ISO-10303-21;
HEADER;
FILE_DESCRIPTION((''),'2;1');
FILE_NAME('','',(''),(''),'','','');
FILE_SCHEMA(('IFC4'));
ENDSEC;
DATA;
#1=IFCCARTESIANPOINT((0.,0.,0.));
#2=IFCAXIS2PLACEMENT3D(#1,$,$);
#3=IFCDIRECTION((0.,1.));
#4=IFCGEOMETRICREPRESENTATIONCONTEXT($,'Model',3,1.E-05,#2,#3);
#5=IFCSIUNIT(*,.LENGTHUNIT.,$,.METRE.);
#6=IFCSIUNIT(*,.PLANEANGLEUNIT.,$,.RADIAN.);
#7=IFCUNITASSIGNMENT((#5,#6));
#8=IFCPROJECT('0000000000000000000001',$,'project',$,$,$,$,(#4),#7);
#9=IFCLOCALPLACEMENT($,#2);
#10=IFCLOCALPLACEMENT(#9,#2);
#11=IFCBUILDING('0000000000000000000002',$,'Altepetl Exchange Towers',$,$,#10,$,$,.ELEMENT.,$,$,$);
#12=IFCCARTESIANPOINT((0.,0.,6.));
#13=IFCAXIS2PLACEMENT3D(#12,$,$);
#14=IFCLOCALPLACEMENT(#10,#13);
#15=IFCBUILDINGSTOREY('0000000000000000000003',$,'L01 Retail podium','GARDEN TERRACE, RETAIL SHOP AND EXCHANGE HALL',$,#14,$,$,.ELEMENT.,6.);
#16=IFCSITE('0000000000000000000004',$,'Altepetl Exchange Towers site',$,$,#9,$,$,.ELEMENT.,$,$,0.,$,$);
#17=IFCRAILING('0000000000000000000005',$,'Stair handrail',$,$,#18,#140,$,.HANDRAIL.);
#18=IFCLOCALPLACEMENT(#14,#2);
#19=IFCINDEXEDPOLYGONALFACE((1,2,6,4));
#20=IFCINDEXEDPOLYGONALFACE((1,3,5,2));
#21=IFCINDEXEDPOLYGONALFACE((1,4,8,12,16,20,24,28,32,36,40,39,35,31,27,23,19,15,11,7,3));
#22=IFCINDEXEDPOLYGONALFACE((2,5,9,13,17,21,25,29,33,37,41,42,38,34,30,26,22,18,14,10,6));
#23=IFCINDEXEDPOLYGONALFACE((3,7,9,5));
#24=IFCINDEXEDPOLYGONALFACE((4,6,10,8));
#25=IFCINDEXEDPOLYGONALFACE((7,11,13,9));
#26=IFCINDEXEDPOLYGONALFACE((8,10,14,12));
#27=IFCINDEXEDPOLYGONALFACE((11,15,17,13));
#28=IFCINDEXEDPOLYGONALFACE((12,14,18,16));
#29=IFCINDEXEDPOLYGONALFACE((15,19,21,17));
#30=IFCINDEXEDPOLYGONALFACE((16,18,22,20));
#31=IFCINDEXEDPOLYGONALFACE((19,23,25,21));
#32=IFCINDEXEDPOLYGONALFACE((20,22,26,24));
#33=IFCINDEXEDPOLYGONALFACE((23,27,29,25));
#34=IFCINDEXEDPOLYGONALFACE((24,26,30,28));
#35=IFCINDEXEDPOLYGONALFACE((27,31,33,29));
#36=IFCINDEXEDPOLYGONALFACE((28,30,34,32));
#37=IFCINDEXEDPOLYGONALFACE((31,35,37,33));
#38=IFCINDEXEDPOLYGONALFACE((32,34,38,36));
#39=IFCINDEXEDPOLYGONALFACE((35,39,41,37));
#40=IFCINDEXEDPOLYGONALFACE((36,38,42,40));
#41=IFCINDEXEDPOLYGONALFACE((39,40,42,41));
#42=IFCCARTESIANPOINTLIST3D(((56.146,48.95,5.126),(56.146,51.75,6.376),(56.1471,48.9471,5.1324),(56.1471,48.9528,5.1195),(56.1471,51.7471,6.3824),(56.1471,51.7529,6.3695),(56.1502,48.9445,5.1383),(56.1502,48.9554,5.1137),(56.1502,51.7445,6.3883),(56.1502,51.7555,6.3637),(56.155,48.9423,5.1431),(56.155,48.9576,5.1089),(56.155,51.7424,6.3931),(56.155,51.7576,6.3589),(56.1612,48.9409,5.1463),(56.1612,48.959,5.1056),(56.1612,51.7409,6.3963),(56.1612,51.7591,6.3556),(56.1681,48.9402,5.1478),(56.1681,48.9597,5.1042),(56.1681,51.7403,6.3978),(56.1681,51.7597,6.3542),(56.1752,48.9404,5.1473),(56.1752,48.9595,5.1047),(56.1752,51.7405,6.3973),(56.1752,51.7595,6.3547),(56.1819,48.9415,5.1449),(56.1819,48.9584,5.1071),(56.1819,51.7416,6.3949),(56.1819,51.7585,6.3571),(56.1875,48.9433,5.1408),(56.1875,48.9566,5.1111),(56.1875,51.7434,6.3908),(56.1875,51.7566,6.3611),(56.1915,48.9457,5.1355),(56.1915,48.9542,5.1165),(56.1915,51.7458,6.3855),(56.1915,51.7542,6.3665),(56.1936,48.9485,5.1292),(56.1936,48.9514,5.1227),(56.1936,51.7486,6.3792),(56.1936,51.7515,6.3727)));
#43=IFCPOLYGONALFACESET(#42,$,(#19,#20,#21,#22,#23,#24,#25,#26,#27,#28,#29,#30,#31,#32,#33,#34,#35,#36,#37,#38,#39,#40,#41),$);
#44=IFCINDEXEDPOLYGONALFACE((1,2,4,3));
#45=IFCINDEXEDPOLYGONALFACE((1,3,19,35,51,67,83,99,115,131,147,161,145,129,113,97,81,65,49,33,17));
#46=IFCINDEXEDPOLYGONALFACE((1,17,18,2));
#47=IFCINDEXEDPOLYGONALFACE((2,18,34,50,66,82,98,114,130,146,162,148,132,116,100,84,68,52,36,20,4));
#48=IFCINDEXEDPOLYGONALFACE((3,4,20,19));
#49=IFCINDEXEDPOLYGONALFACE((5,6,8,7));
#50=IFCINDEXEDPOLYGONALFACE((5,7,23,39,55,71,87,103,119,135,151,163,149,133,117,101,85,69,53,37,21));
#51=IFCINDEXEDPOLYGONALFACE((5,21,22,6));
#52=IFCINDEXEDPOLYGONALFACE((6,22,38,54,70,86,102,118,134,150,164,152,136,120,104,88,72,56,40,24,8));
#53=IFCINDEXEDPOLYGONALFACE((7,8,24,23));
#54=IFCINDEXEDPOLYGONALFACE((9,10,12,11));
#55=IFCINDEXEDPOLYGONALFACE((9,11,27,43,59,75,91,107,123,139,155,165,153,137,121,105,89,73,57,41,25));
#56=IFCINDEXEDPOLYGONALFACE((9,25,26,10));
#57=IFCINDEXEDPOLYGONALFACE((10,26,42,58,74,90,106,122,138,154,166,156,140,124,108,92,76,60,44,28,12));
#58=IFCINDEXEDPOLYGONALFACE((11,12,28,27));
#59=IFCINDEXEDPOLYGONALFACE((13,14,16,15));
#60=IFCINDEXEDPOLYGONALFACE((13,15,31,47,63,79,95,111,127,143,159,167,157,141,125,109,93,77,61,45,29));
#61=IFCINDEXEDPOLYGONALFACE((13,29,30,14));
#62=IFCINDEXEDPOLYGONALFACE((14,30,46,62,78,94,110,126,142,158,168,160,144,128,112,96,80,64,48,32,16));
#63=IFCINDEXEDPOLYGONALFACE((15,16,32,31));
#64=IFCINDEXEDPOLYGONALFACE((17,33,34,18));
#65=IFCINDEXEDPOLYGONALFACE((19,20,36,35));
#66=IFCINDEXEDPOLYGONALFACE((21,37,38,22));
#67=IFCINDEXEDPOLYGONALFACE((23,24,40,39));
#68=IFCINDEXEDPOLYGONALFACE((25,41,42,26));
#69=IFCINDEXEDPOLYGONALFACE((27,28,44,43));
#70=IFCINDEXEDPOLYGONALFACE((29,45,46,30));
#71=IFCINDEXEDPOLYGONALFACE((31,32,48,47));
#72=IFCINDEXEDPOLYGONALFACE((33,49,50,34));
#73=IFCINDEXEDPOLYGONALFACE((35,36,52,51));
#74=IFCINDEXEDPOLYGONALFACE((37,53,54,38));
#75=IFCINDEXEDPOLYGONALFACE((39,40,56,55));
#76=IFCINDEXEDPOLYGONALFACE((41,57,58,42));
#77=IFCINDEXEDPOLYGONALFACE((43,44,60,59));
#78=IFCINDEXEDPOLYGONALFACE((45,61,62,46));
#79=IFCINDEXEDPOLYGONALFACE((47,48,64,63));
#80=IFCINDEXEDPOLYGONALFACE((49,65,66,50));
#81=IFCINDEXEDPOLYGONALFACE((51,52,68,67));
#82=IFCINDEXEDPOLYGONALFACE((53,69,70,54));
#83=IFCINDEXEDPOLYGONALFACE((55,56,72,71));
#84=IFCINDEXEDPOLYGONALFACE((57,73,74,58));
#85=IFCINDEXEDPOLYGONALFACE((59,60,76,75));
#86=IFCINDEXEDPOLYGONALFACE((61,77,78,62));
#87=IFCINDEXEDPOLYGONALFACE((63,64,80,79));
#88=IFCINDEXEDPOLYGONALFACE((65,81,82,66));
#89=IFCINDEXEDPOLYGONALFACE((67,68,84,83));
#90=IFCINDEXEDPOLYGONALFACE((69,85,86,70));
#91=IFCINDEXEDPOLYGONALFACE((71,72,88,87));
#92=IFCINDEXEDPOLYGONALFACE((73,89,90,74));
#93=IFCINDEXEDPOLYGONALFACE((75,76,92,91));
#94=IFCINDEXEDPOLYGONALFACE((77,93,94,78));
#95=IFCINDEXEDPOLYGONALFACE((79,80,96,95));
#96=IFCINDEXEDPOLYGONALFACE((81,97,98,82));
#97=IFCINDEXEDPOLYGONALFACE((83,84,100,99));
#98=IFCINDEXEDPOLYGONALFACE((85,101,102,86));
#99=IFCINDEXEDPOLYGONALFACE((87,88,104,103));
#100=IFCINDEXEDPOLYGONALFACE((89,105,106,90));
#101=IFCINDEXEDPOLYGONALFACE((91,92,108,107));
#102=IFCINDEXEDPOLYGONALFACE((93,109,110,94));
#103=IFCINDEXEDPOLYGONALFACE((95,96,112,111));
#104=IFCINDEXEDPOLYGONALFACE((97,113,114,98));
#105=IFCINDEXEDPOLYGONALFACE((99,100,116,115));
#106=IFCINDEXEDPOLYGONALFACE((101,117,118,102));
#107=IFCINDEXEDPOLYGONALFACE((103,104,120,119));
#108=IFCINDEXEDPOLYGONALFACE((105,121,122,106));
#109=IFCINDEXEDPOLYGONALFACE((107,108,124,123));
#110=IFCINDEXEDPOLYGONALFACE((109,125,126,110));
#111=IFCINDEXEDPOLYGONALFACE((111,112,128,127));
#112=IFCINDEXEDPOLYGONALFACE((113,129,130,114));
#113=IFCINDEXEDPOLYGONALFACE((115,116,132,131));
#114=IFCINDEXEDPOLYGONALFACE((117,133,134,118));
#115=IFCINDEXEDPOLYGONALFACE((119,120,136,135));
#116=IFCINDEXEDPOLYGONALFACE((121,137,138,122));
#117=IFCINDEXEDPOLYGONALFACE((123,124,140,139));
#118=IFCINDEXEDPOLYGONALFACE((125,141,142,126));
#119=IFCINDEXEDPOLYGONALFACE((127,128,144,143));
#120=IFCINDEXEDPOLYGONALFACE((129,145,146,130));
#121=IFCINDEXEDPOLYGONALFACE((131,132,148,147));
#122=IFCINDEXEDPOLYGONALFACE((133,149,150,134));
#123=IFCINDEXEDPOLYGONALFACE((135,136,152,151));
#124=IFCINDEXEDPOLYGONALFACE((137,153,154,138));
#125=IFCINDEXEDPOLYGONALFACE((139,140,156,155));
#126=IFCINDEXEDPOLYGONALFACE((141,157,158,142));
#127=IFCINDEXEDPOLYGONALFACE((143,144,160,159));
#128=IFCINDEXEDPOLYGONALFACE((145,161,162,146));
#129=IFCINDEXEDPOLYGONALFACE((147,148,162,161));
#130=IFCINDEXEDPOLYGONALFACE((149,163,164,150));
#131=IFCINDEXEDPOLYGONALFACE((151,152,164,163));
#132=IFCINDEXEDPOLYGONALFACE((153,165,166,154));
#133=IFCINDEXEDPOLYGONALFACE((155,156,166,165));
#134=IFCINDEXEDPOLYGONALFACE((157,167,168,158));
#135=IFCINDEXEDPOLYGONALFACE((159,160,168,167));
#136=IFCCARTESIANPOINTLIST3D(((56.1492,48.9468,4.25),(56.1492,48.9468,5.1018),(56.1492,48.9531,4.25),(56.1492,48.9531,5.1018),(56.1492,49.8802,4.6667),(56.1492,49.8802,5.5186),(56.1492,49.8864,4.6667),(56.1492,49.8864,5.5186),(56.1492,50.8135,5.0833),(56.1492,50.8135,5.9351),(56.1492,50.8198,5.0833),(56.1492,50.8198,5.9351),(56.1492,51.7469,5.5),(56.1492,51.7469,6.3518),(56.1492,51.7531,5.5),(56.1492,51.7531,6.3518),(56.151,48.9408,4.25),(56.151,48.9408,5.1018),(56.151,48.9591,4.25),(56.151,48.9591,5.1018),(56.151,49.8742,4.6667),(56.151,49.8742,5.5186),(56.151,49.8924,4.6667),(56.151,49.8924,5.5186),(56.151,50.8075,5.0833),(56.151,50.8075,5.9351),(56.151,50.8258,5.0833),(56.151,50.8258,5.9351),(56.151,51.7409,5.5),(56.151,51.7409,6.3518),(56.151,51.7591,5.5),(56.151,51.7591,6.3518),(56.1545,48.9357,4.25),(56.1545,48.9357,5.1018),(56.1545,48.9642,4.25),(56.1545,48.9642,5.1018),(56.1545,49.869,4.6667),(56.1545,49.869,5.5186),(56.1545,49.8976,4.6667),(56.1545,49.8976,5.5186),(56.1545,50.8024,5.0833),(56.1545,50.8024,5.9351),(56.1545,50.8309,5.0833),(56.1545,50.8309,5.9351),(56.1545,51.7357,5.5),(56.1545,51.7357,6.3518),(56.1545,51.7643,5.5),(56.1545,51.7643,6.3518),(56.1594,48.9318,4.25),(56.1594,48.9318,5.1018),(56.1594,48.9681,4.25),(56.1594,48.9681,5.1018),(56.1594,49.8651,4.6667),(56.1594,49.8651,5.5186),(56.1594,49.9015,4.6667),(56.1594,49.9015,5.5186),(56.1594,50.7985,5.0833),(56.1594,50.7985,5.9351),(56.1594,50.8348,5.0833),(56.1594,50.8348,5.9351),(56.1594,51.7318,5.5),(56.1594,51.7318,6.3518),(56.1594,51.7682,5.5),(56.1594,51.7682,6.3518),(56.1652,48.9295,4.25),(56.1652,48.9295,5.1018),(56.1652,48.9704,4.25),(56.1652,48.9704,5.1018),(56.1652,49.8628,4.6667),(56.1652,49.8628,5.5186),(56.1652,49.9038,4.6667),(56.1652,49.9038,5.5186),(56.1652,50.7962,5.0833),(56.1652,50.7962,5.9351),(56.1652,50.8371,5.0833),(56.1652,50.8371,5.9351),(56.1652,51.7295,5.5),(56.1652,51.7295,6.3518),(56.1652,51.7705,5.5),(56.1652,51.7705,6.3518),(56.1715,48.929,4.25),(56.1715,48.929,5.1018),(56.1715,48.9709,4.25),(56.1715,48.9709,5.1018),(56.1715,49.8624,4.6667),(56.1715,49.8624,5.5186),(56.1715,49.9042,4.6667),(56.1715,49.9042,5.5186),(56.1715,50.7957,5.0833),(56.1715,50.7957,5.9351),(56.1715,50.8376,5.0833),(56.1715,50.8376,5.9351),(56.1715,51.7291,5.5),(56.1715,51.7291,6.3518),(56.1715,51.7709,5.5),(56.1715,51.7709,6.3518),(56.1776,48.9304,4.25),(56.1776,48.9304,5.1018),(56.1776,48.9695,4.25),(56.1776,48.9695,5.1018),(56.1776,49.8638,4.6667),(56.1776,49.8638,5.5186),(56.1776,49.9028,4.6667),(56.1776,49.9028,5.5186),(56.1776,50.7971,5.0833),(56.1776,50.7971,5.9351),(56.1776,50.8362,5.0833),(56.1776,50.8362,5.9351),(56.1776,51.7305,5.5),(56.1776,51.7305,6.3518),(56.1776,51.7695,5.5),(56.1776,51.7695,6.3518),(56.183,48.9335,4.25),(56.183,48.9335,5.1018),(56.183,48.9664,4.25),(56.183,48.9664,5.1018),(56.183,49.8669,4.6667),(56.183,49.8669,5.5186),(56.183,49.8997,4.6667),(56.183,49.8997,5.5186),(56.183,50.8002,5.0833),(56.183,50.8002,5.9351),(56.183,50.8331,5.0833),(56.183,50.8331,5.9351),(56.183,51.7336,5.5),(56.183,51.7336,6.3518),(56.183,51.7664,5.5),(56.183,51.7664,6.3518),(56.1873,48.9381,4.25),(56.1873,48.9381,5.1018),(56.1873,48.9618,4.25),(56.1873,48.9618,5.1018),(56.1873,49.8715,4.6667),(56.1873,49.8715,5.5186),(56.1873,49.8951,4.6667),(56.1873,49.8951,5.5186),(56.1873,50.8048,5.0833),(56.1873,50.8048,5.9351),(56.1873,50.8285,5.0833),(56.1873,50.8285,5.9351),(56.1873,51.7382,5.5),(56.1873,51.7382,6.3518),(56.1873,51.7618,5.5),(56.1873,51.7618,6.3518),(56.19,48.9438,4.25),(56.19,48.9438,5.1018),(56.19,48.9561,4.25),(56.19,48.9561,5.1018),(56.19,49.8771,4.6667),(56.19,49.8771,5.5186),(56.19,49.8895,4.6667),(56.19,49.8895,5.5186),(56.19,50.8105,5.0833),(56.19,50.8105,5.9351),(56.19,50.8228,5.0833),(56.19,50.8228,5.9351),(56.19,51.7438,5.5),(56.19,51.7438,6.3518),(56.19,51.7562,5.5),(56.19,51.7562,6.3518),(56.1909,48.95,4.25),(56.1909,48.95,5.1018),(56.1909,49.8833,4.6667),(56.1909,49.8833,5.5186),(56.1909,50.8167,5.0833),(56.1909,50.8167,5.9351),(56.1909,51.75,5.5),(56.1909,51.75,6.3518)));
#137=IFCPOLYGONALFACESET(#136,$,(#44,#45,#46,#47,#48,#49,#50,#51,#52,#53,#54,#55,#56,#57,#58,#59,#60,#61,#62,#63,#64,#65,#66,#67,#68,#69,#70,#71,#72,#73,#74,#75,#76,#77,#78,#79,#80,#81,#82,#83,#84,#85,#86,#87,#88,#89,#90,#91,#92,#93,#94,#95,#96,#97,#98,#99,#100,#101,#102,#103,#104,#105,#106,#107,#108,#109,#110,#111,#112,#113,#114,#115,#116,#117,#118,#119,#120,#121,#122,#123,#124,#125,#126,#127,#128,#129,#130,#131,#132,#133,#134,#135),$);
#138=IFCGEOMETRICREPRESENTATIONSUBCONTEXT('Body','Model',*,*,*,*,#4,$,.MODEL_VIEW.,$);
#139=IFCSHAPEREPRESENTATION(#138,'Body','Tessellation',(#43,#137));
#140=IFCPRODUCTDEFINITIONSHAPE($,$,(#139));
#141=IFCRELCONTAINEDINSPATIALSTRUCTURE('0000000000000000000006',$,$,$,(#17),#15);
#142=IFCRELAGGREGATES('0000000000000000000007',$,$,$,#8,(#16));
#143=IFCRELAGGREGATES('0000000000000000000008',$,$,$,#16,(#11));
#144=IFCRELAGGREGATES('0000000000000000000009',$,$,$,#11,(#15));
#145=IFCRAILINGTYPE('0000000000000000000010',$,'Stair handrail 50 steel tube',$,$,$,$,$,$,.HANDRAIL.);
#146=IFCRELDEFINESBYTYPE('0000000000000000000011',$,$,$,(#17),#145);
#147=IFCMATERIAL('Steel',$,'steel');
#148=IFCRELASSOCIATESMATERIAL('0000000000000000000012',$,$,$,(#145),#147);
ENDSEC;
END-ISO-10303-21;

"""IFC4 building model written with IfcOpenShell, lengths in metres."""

from ifc_helpers import new_model, si_unit, direction, frame, origin, origin_2d, place, context, subcontext, project, spatial, circle, extrude, source, transform, mapped, material, type_object, element, save


model = new_model("IFC4")

# Units and contexts
model_context = context("Model", 3, precision=1e-05, world=origin(), true_north=direction((0.0, 1.0)))
body_context = subcontext(model_context, "Body", "Model", "MODEL_VIEW")
ifc_project = project(units=[si_unit("LENGTHUNIT", "METRE"), si_unit("PLANEANGLEUNIT", "RADIAN")], contexts=[model_context])

# Site, building, storey
site_placement = place(None, origin())
site = spatial("IfcSite", under=ifc_project, at=site_placement, Name="Altepetl Exchange Towers site", CompositionType="ELEMENT", RefElevation=0.0)
building_placement = place(site_placement, origin())
building = spatial("IfcBuilding", under=site, at=building_placement, Name="Altepetl Exchange Towers", CompositionType="ELEMENT")
storey_placement = place(building_placement, frame((0.0, 0.0, 6.0)))
storey = spatial("IfcBuildingStorey", under=building, at=storey_placement, Name="L01 Retail podium", Description="GARDEN TERRACE, RETAIL SHOP AND EXCHANGE HALL", CompositionType="ELEMENT", Elevation=6.0)

# Railing
ifc_material_1 = material(Name="Steel", Category="steel")
railing_type = type_object("IfcRailingType", Name="Stair handrail 50 steel tube", PredefinedType="HANDRAIL", material=ifc_material_1)
shared_shape = source(origin(), body_context, "Body", "SweptSolid", [
    extrude(circle(Radius=0.021, at=origin_2d()), origin(), (0.0, 0.0, 1.0), 0.8518),
])
railing_1_placement = place(storey_placement, frame((56.1699, 48.95, 4.25)))
element("IfcRailing", 1, at=railing_1_placement, inside=storey, type_object=railing_type, Name="Stair handrail", PredefinedType="HANDRAIL", context=body_context, shape_type="SweptSolid", body=[
    extrude(circle(Radius=0.0239, at=origin_2d()), frame((0.0, 0.0, 0.876), z_axis=(0.0, 0.913141, 0.407645), x_axis=(-1.0, 0.0, 0.0)), (0.0, 0.0, 1.0), 3.0664),
    mapped(shared_shape, transform((0.0, 0.0, 0.0))),
    mapped(shared_shape, transform((0.0, 0.9333, 0.4167))),
    mapped(shared_shape, transform((0.0, 1.8667, 0.8333))),
    mapped(shared_shape, transform((0.0, 2.8, 1.25))),
])

save(model, "model.ifc")
